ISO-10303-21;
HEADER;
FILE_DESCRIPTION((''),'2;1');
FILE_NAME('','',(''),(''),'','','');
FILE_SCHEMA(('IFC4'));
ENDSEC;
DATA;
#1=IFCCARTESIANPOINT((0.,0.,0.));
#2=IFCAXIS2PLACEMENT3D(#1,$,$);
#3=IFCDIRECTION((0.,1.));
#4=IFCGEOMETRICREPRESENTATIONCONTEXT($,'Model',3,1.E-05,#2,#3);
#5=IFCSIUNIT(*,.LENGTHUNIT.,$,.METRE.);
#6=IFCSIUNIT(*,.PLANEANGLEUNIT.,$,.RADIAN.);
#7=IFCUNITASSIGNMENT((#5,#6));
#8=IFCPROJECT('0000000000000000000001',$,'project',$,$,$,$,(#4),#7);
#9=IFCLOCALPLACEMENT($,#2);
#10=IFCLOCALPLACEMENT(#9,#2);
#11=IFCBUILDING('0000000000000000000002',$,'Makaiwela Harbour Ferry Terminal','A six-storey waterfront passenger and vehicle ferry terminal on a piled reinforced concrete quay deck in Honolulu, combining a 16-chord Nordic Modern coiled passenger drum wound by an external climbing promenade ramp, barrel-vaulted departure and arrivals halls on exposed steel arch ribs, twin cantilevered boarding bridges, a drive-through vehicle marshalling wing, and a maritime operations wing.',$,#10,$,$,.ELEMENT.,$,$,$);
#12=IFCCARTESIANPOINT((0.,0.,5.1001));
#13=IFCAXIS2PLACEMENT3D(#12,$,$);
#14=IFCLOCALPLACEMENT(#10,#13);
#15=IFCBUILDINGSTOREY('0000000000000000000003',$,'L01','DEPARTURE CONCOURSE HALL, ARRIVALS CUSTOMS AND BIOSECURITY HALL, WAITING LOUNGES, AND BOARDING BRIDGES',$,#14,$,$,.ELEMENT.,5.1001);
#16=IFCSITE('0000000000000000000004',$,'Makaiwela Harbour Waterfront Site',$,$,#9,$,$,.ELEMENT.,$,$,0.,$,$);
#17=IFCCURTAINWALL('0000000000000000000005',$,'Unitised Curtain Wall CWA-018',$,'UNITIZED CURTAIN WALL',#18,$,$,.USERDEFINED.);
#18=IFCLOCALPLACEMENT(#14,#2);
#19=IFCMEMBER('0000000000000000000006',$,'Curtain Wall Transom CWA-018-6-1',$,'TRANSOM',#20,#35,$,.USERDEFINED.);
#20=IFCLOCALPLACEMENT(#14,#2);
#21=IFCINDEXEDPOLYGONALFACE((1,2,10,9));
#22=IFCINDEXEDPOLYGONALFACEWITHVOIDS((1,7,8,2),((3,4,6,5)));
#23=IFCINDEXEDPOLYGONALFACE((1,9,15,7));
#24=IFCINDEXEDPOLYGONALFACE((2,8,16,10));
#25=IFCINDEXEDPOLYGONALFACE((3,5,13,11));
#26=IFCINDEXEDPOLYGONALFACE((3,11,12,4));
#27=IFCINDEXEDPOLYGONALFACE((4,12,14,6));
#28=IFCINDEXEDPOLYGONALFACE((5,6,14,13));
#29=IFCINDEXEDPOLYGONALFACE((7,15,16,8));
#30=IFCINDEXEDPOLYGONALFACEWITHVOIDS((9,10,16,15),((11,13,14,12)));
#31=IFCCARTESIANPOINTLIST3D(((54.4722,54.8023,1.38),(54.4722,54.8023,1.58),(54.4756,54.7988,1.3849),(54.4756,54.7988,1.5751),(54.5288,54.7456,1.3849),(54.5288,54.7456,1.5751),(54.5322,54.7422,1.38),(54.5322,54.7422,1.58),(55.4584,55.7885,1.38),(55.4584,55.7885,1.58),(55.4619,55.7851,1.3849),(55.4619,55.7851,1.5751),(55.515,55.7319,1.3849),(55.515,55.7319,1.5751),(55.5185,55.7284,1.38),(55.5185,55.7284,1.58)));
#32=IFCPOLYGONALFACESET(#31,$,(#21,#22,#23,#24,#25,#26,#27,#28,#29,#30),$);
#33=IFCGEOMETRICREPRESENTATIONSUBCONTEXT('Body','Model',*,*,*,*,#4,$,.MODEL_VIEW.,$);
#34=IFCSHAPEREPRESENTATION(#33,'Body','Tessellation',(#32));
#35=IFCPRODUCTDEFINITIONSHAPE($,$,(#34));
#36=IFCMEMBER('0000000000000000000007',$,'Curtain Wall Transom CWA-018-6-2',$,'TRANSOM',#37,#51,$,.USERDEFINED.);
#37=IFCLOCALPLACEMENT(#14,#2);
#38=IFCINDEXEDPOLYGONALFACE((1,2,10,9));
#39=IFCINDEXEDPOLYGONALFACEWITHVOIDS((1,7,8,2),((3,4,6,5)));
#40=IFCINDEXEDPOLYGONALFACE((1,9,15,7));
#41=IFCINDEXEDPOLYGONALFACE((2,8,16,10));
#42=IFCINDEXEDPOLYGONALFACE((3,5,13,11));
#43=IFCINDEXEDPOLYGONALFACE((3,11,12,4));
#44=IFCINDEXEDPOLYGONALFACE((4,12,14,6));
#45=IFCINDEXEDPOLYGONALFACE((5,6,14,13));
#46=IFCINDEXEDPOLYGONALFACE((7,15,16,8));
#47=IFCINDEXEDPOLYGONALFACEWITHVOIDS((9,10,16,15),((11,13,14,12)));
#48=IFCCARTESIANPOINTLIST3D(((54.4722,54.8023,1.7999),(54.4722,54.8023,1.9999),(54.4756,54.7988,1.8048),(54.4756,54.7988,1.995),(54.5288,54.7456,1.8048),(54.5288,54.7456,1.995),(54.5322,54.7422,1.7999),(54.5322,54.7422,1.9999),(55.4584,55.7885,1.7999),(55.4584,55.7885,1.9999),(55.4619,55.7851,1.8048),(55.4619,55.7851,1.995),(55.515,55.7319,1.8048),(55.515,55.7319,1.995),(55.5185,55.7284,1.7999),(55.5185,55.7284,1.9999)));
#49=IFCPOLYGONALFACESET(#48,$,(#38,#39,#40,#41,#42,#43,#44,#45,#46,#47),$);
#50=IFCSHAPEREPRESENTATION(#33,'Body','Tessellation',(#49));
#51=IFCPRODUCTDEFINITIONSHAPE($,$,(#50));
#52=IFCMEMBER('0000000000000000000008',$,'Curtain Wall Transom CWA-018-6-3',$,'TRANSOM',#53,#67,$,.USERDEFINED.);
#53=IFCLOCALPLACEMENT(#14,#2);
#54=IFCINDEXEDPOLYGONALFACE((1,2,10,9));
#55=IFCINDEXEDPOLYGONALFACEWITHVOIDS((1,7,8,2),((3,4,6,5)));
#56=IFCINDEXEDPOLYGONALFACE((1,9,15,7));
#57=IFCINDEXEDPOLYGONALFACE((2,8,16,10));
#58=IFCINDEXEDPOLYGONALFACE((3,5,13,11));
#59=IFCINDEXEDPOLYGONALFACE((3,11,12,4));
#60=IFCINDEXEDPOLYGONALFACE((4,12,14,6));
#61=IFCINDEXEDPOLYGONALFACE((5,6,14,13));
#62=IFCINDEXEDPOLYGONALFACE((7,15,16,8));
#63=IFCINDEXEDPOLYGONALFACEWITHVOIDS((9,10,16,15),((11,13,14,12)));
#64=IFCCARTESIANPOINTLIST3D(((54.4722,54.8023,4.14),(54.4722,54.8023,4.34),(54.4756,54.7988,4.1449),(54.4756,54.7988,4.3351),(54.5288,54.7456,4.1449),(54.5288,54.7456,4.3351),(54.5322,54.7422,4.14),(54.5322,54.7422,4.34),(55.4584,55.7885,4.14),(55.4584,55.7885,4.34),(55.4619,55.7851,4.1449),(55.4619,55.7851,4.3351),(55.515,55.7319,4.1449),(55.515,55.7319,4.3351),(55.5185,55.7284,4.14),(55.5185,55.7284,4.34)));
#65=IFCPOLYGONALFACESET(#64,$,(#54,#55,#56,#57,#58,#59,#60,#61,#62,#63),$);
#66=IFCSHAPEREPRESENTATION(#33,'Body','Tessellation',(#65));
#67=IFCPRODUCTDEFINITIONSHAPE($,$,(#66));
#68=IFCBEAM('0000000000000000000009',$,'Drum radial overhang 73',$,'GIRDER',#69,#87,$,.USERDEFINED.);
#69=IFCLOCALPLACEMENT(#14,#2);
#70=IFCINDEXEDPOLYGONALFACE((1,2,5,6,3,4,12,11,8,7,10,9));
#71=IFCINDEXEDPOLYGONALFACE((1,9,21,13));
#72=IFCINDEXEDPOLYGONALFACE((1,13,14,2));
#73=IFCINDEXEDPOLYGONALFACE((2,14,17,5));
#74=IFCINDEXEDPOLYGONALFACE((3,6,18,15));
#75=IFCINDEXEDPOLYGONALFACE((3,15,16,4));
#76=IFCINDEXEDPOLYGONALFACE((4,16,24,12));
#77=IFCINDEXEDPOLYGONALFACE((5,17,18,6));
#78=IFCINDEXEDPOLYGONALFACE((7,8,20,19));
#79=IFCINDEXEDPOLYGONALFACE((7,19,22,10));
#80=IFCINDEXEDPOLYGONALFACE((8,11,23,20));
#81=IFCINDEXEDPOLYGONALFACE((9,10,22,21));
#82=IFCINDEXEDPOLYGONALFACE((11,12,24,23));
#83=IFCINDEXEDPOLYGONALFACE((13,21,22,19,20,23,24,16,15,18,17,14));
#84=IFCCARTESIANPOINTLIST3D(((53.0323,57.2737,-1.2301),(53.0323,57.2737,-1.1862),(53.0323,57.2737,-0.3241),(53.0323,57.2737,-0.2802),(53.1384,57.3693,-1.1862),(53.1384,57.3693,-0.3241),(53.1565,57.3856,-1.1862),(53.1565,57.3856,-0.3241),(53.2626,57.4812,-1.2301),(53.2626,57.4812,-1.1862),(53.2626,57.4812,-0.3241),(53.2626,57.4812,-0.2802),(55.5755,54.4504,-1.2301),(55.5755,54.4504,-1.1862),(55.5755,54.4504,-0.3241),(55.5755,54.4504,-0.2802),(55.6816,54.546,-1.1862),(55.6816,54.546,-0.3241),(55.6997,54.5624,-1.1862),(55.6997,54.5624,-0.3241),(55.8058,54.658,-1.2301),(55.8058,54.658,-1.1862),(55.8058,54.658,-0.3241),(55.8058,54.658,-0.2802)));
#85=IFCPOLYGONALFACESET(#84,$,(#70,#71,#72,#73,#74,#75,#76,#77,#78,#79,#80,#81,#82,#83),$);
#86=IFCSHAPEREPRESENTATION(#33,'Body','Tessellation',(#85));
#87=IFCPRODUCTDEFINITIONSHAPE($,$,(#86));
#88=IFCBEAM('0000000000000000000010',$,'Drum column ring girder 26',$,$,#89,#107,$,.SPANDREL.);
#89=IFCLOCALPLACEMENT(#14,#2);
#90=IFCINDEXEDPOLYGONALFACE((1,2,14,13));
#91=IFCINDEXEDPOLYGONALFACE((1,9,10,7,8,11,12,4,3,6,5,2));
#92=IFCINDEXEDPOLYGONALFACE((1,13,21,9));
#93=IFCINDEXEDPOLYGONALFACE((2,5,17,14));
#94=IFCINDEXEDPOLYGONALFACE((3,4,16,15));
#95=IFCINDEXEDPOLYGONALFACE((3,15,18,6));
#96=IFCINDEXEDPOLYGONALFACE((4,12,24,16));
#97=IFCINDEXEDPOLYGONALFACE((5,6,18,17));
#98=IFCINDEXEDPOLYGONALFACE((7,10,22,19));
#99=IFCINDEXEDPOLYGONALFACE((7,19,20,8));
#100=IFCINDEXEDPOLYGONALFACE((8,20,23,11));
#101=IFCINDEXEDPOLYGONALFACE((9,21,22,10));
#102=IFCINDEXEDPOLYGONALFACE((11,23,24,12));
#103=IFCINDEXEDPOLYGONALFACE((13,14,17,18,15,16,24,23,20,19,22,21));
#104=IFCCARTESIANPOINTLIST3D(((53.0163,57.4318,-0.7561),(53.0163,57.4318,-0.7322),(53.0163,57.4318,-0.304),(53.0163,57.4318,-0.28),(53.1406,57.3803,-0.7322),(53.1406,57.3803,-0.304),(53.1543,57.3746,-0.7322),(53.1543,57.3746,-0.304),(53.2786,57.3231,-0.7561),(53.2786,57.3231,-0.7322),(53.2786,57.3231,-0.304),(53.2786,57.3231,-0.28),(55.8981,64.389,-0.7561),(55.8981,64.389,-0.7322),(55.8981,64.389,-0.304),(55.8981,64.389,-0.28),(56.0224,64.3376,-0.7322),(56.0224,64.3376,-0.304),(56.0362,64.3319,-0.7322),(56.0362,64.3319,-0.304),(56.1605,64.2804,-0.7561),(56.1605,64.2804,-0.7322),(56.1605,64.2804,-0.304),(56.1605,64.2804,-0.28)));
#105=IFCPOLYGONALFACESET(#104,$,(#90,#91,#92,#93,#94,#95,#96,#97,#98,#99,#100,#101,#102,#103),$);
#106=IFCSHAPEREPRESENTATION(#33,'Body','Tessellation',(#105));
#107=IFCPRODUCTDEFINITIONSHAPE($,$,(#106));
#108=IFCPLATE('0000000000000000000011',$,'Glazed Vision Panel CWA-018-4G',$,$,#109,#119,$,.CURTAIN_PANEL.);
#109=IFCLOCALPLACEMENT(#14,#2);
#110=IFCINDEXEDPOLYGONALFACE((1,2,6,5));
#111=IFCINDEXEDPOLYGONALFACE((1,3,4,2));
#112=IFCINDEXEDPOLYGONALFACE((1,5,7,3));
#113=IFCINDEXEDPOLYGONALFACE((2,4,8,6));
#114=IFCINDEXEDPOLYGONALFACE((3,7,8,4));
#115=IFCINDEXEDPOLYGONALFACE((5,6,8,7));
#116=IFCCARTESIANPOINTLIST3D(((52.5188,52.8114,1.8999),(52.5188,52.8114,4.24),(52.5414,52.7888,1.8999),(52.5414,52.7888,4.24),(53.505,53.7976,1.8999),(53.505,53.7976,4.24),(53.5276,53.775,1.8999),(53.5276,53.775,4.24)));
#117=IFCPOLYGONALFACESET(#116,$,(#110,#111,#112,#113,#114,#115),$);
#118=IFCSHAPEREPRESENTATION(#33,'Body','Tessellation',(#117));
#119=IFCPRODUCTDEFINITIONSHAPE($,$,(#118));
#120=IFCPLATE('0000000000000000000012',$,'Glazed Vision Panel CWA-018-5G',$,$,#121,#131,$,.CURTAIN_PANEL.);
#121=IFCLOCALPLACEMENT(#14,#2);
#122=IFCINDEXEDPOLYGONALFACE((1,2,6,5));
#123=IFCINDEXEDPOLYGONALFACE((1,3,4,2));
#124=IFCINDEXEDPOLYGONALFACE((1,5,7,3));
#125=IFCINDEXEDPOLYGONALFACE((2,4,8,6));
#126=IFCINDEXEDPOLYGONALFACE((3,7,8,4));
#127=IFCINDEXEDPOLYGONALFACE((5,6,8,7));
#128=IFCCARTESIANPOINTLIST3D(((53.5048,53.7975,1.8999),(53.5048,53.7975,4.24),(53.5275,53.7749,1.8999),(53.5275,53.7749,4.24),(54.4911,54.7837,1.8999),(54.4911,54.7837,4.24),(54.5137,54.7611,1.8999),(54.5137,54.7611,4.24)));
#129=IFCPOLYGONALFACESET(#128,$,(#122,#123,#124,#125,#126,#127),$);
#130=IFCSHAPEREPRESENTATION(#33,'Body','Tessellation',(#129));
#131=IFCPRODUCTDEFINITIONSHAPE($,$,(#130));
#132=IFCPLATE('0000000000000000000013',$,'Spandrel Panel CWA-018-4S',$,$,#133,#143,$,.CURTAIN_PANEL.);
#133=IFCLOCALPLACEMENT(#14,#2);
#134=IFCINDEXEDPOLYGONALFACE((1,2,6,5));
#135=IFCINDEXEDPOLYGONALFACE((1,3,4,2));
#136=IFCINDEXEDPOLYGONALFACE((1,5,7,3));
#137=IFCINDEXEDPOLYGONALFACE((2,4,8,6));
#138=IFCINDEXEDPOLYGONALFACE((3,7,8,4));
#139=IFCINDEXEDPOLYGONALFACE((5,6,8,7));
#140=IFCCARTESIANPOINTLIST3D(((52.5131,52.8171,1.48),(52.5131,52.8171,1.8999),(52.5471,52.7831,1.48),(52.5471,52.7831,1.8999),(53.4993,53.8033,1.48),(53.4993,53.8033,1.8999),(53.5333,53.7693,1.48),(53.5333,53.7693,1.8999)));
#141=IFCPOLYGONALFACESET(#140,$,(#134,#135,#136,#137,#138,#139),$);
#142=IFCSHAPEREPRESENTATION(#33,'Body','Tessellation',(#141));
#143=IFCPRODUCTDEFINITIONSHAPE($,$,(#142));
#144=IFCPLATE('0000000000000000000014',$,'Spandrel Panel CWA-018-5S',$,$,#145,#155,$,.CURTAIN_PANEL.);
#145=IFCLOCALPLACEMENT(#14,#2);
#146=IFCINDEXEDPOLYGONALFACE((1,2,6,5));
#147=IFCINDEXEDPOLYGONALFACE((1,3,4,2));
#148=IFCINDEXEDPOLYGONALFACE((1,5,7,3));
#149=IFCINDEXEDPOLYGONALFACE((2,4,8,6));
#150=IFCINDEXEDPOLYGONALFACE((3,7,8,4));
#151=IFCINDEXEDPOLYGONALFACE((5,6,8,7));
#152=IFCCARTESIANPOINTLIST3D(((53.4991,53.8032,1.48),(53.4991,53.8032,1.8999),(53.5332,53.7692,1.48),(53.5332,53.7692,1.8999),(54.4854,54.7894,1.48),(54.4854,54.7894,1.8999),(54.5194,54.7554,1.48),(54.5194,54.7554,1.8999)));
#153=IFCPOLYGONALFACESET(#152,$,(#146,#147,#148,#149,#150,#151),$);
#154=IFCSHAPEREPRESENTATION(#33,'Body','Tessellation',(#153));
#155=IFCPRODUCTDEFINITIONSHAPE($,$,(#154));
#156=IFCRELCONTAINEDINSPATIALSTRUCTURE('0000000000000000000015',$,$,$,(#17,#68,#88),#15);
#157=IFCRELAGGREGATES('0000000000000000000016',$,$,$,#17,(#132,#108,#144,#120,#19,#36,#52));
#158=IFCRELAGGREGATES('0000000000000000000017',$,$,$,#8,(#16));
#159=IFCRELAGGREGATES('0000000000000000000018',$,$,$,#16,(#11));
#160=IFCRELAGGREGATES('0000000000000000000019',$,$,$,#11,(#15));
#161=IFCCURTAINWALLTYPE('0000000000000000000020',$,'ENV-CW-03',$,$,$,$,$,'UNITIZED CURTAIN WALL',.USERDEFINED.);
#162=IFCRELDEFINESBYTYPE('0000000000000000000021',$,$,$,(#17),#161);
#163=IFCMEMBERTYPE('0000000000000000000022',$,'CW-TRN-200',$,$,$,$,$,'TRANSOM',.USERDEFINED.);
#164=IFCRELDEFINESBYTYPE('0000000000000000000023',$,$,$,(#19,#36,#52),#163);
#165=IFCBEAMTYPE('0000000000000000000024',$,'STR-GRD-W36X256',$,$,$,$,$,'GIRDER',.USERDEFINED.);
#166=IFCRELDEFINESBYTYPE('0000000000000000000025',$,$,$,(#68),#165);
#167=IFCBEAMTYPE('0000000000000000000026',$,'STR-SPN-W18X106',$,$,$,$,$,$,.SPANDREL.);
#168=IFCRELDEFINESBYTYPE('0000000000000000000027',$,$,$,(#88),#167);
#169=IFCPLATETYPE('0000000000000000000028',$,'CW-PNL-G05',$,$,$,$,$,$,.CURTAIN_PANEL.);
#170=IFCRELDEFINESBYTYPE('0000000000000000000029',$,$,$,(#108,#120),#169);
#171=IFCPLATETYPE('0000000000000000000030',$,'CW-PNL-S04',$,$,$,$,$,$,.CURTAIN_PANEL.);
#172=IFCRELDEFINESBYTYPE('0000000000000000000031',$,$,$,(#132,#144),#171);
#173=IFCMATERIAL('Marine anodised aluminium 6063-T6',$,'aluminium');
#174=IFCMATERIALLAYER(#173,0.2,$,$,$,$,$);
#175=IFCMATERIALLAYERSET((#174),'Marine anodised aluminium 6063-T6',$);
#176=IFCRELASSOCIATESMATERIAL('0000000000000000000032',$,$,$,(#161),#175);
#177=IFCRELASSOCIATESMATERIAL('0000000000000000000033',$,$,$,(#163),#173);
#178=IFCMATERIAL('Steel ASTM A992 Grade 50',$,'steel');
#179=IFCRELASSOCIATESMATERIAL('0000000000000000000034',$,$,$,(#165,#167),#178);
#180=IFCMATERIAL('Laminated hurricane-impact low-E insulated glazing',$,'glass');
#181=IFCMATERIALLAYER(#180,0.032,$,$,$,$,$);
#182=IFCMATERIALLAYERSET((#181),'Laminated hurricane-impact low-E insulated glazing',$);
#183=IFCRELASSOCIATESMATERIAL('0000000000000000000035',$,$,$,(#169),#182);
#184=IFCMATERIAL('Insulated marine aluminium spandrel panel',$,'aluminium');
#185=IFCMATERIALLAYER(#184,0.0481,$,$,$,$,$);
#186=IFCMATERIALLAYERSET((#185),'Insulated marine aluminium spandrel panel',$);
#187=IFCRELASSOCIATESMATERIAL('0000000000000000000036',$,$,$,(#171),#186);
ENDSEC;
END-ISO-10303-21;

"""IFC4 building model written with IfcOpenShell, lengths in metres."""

from ifc_helpers import new_model, si_unit, direction, frame, origin, origin_2d, place, context, subcontext, project, spatial, rectangle, hollow_rectangle, i_section, extrude, material, layer, layer_set, material_profile, profile_set, type_object, element, aggregate, save


model = new_model("IFC4")

# Units and contexts
model_context = context("Model", 3, precision=1e-05, world=origin(), true_north=direction((0.0, 1.0)))
body_context = subcontext(model_context, "Body", "Model", "MODEL_VIEW")
ifc_project = project(units=[si_unit("LENGTHUNIT", "METRE"), si_unit("PLANEANGLEUNIT", "RADIAN")], contexts=[model_context])

# Site, building, storey
site_placement = place(None, origin())
site = spatial("IfcSite", under=ifc_project, at=site_placement, Name="Makaiwela Harbour Waterfront Site", CompositionType="ELEMENT", RefElevation=0.0)
building_placement = place(site_placement, origin())
building = spatial("IfcBuilding", under=site, at=building_placement, Name="Makaiwela Harbour Ferry Terminal", Description="A six-storey waterfront passenger and vehicle ferry terminal on a piled reinforced concrete quay deck in Honolulu, combining a 16-chord Nordic Modern coiled passenger drum wound by an external climbing promenade ramp, barrel-vaulted departure and arrivals halls on exposed steel arch ribs, twin cantilevered boarding bridges, a drive-through vehicle marshalling wing, and a maritime operations wing.", CompositionType="ELEMENT")
storey_placement = place(building_placement, frame((0.0, 0.0, 5.1001)))
storey = spatial("IfcBuildingStorey", under=building, at=storey_placement, Name="L01", Description="DEPARTURE CONCOURSE HALL, ARRIVALS CUSTOMS AND BIOSECURITY HALL, WAITING LOUNGES, AND BOARDING BRIDGES", CompositionType="ELEMENT", Elevation=5.1001)

# Shared definitions
ifc_material_1 = material(Name="Steel ASTM A992 Grade 50", Category="steel")

# Curtain wall, members
ifc_material_2 = material(Name="Marine anodised aluminium 6063-T6", Category="aluminium")
ifc_layer_1 = layer(ifc_material_2, 0.2)
ifc_layer_set_1 = layer_set([ifc_layer_1], Name="Marine anodised aluminium 6063-T6")
curtain_wall_type = type_object("IfcCurtainWallType", Name="ENV-CW-03", ElementType="UNITIZED CURTAIN WALL", PredefinedType="USERDEFINED", material=ifc_layer_set_1)
curtain_wall_placement = place(storey_placement, origin())
curtain_wall = element("IfcCurtainWall", 1, at=curtain_wall_placement, inside=storey, type_object=curtain_wall_type, Name="Unitised Curtain Wall CWA-018", ObjectType="UNITIZED CURTAIN WALL", PredefinedType="USERDEFINED")
ifc_material_profile_1 = material_profile(ifc_material_2, hollow_rectangle(XDim=0.085, YDim=0.2, WallThickness=0.0049, at=origin_2d()), Name="CWT-200X85")
ifc_profile_set_1 = profile_set([ifc_material_profile_1], Name="Marine anodised aluminium 6063-T6")
member_type_1 = type_object("IfcMemberType", Name="CW-TRN-200", ElementType="TRANSOM", PredefinedType="USERDEFINED", material=ifc_profile_set_1)
member_1_placement = place(storey_placement, frame((54.5022, 54.7722, 1.48), z_axis=(0.707107, 0.707107, 0.0), x_axis=(-0.707107, 0.707107, 0.0)))
member_1 = element("IfcMember", 2, at=member_1_placement, type_object=member_type_1, Name="Curtain Wall Transom CWA-018-6-1", ObjectType="TRANSOM", PredefinedType="USERDEFINED", context=body_context, shape_type="SweptSolid", body=[
    extrude(hollow_rectangle(XDim=0.085, YDim=0.2, WallThickness=0.0049, at=origin_2d()), origin(), (0.0, 0.0, 1.0), 1.3948),
])
member_2_placement = place(storey_placement, frame((54.5022, 54.7722, 1.8999), z_axis=(0.707107, 0.707107, 0.0), x_axis=(-0.707107, 0.707107, 0.0)))
member_2 = element("IfcMember", 3, at=member_2_placement, type_object=member_type_1, Name="Curtain Wall Transom CWA-018-6-2", ObjectType="TRANSOM", PredefinedType="USERDEFINED", context=body_context, shape_type="SweptSolid", body=[
    extrude(hollow_rectangle(XDim=0.085, YDim=0.2, WallThickness=0.0049, at=origin_2d()), origin(), (0.0, 0.0, 1.0), 1.3948),
])
member_3_placement = place(storey_placement, frame((54.5022, 54.7722, 4.24), z_axis=(0.707107, 0.707107, 0.0), x_axis=(-0.707107, 0.707107, 0.0)))
member_3 = element("IfcMember", 4, at=member_3_placement, type_object=member_type_1, Name="Curtain Wall Transom CWA-018-6-3", ObjectType="TRANSOM", PredefinedType="USERDEFINED", context=body_context, shape_type="SweptSolid", body=[
    extrude(hollow_rectangle(XDim=0.085, YDim=0.2, WallThickness=0.0049, at=origin_2d()), origin(), (0.0, 0.0, 1.0), 1.3948),
])

# Beams
ifc_material_profile_2 = material_profile(ifc_material_1, i_section(OverallWidth=0.3101, OverallDepth=0.95, WebThickness=0.0244, FlangeThickness=0.0439, at=origin_2d()), Name="W36X256")
ifc_profile_set_2 = profile_set([ifc_material_profile_2], Name="Steel ASTM A992 Grade 50")
beam_type_1 = type_object("IfcBeamType", Name="STR-GRD-W36X256", ElementType="GIRDER", PredefinedType="USERDEFINED", material=ifc_profile_set_2)
beam_1_placement = place(storey_placement, frame((53.1475, 57.3774, -0.7551), z_axis=(0.669298, -0.742994, 0.0), x_axis=(0.742994, 0.669298, 0.0)))
element("IfcBeam", 5, at=beam_1_placement, inside=storey, type_object=beam_type_1, Name="Drum radial overhang 73", ObjectType="GIRDER", PredefinedType="USERDEFINED", context=body_context, shape_type="SweptSolid", body=[
    extrude(i_section(OverallWidth=0.3101, OverallDepth=0.95, WebThickness=0.0244, FlangeThickness=0.0439, at=origin_2d()), origin(), (0.0, 0.0, 1.0), 3.7998),
])
ifc_material_profile_3 = material_profile(ifc_material_1, i_section(OverallWidth=0.2839, OverallDepth=0.4761, WebThickness=0.0149, FlangeThickness=0.0239, at=origin_2d()), Name="W18X106")
ifc_profile_set_3 = profile_set([ifc_material_profile_3], Name="Steel ASTM A992 Grade 50")
beam_type_2 = type_object("IfcBeamType", Name="STR-SPN-W18X106", PredefinedType="SPANDREL", material=ifc_profile_set_3)
beam_2_placement = place(storey_placement, frame((53.1475, 57.3774, -0.5181), z_axis=(0.382688, 0.923878, 0.0), x_axis=(-0.923878, 0.382688, 0.0)))
element("IfcBeam", 6, at=beam_2_placement, inside=storey, type_object=beam_type_2, Name="Drum column ring girder 26", PredefinedType="SPANDREL", context=body_context, shape_type="SweptSolid", body=[
    extrude(i_section(OverallWidth=0.2839, OverallDepth=0.4761, WebThickness=0.0149, FlangeThickness=0.0239, at=origin_2d()), origin(), (0.0, 0.0, 1.0), 7.5305),
])

# Plates
ifc_material_3 = material(Name="Laminated hurricane-impact low-E insulated glazing", Category="glass")
ifc_layer_2 = layer(ifc_material_3, 0.032)
ifc_layer_set_2 = layer_set([ifc_layer_2], Name="Laminated hurricane-impact low-E insulated glazing")
plate_type_1 = type_object("IfcPlateType", Name="CW-PNL-G05", PredefinedType="CURTAIN_PANEL", material=ifc_layer_set_2)
plate_1_placement = place(storey_placement, frame((53.0232, 53.2932, 1.8999), z_axis=(0.0, 0.0, 1.0), x_axis=(0.707107, 0.707107, 0.0)))
plate_1 = element("IfcPlate", 7, at=plate_1_placement, type_object=plate_type_1, Name="Glazed Vision Panel CWA-018-4G", PredefinedType="CURTAIN_PANEL", context=body_context, shape_type="SweptSolid", body=[
    extrude(rectangle(XDim=1.3948, YDim=0.032, at=origin_2d()), origin(), (0.0, 0.0, 1.0), 2.3401),
])
plate_2_placement = place(storey_placement, frame((54.0093, 54.2793, 1.8999), z_axis=(0.0, 0.0, 1.0), x_axis=(0.707107, 0.707107, 0.0)))
plate_2 = element("IfcPlate", 8, at=plate_2_placement, type_object=plate_type_1, Name="Glazed Vision Panel CWA-018-5G", PredefinedType="CURTAIN_PANEL", context=body_context, shape_type="SweptSolid", body=[
    extrude(rectangle(XDim=1.3948, YDim=0.032, at=origin_2d()), origin(), (0.0, 0.0, 1.0), 2.3401),
])
ifc_material_4 = material(Name="Insulated marine aluminium spandrel panel", Category="aluminium")
ifc_layer_3 = layer(ifc_material_4, 0.0481)
ifc_layer_set_3 = layer_set([ifc_layer_3], Name="Insulated marine aluminium spandrel panel")
plate_type_2 = type_object("IfcPlateType", Name="CW-PNL-S04", PredefinedType="CURTAIN_PANEL", material=ifc_layer_set_3)
plate_3_placement = place(storey_placement, frame((53.0232, 53.2932, 1.48), z_axis=(0.0, 0.0, 1.0), x_axis=(0.707107, 0.707107, 0.0)))
plate_3 = element("IfcPlate", 9, at=plate_3_placement, type_object=plate_type_2, Name="Spandrel Panel CWA-018-4S", PredefinedType="CURTAIN_PANEL", context=body_context, shape_type="SweptSolid", body=[
    extrude(rectangle(XDim=1.3948, YDim=0.0481, at=origin_2d()), origin(), (0.0, 0.0, 1.0), 0.4199),
])
plate_4_placement = place(storey_placement, frame((54.0093, 54.2793, 1.48), z_axis=(0.0, 0.0, 1.0), x_axis=(0.707107, 0.707107, 0.0)))
plate_4 = element("IfcPlate", 10, at=plate_4_placement, type_object=plate_type_2, Name="Spandrel Panel CWA-018-5S", PredefinedType="CURTAIN_PANEL", context=body_context, shape_type="SweptSolid", body=[
    extrude(rectangle(XDim=1.3948, YDim=0.0481, at=origin_2d()), origin(), (0.0, 0.0, 1.0), 0.4199),
])
aggregate(curtain_wall, [plate_3, plate_1, plate_4, plate_2, member_1, member_2, member_3])

save(model, "model.ifc")
